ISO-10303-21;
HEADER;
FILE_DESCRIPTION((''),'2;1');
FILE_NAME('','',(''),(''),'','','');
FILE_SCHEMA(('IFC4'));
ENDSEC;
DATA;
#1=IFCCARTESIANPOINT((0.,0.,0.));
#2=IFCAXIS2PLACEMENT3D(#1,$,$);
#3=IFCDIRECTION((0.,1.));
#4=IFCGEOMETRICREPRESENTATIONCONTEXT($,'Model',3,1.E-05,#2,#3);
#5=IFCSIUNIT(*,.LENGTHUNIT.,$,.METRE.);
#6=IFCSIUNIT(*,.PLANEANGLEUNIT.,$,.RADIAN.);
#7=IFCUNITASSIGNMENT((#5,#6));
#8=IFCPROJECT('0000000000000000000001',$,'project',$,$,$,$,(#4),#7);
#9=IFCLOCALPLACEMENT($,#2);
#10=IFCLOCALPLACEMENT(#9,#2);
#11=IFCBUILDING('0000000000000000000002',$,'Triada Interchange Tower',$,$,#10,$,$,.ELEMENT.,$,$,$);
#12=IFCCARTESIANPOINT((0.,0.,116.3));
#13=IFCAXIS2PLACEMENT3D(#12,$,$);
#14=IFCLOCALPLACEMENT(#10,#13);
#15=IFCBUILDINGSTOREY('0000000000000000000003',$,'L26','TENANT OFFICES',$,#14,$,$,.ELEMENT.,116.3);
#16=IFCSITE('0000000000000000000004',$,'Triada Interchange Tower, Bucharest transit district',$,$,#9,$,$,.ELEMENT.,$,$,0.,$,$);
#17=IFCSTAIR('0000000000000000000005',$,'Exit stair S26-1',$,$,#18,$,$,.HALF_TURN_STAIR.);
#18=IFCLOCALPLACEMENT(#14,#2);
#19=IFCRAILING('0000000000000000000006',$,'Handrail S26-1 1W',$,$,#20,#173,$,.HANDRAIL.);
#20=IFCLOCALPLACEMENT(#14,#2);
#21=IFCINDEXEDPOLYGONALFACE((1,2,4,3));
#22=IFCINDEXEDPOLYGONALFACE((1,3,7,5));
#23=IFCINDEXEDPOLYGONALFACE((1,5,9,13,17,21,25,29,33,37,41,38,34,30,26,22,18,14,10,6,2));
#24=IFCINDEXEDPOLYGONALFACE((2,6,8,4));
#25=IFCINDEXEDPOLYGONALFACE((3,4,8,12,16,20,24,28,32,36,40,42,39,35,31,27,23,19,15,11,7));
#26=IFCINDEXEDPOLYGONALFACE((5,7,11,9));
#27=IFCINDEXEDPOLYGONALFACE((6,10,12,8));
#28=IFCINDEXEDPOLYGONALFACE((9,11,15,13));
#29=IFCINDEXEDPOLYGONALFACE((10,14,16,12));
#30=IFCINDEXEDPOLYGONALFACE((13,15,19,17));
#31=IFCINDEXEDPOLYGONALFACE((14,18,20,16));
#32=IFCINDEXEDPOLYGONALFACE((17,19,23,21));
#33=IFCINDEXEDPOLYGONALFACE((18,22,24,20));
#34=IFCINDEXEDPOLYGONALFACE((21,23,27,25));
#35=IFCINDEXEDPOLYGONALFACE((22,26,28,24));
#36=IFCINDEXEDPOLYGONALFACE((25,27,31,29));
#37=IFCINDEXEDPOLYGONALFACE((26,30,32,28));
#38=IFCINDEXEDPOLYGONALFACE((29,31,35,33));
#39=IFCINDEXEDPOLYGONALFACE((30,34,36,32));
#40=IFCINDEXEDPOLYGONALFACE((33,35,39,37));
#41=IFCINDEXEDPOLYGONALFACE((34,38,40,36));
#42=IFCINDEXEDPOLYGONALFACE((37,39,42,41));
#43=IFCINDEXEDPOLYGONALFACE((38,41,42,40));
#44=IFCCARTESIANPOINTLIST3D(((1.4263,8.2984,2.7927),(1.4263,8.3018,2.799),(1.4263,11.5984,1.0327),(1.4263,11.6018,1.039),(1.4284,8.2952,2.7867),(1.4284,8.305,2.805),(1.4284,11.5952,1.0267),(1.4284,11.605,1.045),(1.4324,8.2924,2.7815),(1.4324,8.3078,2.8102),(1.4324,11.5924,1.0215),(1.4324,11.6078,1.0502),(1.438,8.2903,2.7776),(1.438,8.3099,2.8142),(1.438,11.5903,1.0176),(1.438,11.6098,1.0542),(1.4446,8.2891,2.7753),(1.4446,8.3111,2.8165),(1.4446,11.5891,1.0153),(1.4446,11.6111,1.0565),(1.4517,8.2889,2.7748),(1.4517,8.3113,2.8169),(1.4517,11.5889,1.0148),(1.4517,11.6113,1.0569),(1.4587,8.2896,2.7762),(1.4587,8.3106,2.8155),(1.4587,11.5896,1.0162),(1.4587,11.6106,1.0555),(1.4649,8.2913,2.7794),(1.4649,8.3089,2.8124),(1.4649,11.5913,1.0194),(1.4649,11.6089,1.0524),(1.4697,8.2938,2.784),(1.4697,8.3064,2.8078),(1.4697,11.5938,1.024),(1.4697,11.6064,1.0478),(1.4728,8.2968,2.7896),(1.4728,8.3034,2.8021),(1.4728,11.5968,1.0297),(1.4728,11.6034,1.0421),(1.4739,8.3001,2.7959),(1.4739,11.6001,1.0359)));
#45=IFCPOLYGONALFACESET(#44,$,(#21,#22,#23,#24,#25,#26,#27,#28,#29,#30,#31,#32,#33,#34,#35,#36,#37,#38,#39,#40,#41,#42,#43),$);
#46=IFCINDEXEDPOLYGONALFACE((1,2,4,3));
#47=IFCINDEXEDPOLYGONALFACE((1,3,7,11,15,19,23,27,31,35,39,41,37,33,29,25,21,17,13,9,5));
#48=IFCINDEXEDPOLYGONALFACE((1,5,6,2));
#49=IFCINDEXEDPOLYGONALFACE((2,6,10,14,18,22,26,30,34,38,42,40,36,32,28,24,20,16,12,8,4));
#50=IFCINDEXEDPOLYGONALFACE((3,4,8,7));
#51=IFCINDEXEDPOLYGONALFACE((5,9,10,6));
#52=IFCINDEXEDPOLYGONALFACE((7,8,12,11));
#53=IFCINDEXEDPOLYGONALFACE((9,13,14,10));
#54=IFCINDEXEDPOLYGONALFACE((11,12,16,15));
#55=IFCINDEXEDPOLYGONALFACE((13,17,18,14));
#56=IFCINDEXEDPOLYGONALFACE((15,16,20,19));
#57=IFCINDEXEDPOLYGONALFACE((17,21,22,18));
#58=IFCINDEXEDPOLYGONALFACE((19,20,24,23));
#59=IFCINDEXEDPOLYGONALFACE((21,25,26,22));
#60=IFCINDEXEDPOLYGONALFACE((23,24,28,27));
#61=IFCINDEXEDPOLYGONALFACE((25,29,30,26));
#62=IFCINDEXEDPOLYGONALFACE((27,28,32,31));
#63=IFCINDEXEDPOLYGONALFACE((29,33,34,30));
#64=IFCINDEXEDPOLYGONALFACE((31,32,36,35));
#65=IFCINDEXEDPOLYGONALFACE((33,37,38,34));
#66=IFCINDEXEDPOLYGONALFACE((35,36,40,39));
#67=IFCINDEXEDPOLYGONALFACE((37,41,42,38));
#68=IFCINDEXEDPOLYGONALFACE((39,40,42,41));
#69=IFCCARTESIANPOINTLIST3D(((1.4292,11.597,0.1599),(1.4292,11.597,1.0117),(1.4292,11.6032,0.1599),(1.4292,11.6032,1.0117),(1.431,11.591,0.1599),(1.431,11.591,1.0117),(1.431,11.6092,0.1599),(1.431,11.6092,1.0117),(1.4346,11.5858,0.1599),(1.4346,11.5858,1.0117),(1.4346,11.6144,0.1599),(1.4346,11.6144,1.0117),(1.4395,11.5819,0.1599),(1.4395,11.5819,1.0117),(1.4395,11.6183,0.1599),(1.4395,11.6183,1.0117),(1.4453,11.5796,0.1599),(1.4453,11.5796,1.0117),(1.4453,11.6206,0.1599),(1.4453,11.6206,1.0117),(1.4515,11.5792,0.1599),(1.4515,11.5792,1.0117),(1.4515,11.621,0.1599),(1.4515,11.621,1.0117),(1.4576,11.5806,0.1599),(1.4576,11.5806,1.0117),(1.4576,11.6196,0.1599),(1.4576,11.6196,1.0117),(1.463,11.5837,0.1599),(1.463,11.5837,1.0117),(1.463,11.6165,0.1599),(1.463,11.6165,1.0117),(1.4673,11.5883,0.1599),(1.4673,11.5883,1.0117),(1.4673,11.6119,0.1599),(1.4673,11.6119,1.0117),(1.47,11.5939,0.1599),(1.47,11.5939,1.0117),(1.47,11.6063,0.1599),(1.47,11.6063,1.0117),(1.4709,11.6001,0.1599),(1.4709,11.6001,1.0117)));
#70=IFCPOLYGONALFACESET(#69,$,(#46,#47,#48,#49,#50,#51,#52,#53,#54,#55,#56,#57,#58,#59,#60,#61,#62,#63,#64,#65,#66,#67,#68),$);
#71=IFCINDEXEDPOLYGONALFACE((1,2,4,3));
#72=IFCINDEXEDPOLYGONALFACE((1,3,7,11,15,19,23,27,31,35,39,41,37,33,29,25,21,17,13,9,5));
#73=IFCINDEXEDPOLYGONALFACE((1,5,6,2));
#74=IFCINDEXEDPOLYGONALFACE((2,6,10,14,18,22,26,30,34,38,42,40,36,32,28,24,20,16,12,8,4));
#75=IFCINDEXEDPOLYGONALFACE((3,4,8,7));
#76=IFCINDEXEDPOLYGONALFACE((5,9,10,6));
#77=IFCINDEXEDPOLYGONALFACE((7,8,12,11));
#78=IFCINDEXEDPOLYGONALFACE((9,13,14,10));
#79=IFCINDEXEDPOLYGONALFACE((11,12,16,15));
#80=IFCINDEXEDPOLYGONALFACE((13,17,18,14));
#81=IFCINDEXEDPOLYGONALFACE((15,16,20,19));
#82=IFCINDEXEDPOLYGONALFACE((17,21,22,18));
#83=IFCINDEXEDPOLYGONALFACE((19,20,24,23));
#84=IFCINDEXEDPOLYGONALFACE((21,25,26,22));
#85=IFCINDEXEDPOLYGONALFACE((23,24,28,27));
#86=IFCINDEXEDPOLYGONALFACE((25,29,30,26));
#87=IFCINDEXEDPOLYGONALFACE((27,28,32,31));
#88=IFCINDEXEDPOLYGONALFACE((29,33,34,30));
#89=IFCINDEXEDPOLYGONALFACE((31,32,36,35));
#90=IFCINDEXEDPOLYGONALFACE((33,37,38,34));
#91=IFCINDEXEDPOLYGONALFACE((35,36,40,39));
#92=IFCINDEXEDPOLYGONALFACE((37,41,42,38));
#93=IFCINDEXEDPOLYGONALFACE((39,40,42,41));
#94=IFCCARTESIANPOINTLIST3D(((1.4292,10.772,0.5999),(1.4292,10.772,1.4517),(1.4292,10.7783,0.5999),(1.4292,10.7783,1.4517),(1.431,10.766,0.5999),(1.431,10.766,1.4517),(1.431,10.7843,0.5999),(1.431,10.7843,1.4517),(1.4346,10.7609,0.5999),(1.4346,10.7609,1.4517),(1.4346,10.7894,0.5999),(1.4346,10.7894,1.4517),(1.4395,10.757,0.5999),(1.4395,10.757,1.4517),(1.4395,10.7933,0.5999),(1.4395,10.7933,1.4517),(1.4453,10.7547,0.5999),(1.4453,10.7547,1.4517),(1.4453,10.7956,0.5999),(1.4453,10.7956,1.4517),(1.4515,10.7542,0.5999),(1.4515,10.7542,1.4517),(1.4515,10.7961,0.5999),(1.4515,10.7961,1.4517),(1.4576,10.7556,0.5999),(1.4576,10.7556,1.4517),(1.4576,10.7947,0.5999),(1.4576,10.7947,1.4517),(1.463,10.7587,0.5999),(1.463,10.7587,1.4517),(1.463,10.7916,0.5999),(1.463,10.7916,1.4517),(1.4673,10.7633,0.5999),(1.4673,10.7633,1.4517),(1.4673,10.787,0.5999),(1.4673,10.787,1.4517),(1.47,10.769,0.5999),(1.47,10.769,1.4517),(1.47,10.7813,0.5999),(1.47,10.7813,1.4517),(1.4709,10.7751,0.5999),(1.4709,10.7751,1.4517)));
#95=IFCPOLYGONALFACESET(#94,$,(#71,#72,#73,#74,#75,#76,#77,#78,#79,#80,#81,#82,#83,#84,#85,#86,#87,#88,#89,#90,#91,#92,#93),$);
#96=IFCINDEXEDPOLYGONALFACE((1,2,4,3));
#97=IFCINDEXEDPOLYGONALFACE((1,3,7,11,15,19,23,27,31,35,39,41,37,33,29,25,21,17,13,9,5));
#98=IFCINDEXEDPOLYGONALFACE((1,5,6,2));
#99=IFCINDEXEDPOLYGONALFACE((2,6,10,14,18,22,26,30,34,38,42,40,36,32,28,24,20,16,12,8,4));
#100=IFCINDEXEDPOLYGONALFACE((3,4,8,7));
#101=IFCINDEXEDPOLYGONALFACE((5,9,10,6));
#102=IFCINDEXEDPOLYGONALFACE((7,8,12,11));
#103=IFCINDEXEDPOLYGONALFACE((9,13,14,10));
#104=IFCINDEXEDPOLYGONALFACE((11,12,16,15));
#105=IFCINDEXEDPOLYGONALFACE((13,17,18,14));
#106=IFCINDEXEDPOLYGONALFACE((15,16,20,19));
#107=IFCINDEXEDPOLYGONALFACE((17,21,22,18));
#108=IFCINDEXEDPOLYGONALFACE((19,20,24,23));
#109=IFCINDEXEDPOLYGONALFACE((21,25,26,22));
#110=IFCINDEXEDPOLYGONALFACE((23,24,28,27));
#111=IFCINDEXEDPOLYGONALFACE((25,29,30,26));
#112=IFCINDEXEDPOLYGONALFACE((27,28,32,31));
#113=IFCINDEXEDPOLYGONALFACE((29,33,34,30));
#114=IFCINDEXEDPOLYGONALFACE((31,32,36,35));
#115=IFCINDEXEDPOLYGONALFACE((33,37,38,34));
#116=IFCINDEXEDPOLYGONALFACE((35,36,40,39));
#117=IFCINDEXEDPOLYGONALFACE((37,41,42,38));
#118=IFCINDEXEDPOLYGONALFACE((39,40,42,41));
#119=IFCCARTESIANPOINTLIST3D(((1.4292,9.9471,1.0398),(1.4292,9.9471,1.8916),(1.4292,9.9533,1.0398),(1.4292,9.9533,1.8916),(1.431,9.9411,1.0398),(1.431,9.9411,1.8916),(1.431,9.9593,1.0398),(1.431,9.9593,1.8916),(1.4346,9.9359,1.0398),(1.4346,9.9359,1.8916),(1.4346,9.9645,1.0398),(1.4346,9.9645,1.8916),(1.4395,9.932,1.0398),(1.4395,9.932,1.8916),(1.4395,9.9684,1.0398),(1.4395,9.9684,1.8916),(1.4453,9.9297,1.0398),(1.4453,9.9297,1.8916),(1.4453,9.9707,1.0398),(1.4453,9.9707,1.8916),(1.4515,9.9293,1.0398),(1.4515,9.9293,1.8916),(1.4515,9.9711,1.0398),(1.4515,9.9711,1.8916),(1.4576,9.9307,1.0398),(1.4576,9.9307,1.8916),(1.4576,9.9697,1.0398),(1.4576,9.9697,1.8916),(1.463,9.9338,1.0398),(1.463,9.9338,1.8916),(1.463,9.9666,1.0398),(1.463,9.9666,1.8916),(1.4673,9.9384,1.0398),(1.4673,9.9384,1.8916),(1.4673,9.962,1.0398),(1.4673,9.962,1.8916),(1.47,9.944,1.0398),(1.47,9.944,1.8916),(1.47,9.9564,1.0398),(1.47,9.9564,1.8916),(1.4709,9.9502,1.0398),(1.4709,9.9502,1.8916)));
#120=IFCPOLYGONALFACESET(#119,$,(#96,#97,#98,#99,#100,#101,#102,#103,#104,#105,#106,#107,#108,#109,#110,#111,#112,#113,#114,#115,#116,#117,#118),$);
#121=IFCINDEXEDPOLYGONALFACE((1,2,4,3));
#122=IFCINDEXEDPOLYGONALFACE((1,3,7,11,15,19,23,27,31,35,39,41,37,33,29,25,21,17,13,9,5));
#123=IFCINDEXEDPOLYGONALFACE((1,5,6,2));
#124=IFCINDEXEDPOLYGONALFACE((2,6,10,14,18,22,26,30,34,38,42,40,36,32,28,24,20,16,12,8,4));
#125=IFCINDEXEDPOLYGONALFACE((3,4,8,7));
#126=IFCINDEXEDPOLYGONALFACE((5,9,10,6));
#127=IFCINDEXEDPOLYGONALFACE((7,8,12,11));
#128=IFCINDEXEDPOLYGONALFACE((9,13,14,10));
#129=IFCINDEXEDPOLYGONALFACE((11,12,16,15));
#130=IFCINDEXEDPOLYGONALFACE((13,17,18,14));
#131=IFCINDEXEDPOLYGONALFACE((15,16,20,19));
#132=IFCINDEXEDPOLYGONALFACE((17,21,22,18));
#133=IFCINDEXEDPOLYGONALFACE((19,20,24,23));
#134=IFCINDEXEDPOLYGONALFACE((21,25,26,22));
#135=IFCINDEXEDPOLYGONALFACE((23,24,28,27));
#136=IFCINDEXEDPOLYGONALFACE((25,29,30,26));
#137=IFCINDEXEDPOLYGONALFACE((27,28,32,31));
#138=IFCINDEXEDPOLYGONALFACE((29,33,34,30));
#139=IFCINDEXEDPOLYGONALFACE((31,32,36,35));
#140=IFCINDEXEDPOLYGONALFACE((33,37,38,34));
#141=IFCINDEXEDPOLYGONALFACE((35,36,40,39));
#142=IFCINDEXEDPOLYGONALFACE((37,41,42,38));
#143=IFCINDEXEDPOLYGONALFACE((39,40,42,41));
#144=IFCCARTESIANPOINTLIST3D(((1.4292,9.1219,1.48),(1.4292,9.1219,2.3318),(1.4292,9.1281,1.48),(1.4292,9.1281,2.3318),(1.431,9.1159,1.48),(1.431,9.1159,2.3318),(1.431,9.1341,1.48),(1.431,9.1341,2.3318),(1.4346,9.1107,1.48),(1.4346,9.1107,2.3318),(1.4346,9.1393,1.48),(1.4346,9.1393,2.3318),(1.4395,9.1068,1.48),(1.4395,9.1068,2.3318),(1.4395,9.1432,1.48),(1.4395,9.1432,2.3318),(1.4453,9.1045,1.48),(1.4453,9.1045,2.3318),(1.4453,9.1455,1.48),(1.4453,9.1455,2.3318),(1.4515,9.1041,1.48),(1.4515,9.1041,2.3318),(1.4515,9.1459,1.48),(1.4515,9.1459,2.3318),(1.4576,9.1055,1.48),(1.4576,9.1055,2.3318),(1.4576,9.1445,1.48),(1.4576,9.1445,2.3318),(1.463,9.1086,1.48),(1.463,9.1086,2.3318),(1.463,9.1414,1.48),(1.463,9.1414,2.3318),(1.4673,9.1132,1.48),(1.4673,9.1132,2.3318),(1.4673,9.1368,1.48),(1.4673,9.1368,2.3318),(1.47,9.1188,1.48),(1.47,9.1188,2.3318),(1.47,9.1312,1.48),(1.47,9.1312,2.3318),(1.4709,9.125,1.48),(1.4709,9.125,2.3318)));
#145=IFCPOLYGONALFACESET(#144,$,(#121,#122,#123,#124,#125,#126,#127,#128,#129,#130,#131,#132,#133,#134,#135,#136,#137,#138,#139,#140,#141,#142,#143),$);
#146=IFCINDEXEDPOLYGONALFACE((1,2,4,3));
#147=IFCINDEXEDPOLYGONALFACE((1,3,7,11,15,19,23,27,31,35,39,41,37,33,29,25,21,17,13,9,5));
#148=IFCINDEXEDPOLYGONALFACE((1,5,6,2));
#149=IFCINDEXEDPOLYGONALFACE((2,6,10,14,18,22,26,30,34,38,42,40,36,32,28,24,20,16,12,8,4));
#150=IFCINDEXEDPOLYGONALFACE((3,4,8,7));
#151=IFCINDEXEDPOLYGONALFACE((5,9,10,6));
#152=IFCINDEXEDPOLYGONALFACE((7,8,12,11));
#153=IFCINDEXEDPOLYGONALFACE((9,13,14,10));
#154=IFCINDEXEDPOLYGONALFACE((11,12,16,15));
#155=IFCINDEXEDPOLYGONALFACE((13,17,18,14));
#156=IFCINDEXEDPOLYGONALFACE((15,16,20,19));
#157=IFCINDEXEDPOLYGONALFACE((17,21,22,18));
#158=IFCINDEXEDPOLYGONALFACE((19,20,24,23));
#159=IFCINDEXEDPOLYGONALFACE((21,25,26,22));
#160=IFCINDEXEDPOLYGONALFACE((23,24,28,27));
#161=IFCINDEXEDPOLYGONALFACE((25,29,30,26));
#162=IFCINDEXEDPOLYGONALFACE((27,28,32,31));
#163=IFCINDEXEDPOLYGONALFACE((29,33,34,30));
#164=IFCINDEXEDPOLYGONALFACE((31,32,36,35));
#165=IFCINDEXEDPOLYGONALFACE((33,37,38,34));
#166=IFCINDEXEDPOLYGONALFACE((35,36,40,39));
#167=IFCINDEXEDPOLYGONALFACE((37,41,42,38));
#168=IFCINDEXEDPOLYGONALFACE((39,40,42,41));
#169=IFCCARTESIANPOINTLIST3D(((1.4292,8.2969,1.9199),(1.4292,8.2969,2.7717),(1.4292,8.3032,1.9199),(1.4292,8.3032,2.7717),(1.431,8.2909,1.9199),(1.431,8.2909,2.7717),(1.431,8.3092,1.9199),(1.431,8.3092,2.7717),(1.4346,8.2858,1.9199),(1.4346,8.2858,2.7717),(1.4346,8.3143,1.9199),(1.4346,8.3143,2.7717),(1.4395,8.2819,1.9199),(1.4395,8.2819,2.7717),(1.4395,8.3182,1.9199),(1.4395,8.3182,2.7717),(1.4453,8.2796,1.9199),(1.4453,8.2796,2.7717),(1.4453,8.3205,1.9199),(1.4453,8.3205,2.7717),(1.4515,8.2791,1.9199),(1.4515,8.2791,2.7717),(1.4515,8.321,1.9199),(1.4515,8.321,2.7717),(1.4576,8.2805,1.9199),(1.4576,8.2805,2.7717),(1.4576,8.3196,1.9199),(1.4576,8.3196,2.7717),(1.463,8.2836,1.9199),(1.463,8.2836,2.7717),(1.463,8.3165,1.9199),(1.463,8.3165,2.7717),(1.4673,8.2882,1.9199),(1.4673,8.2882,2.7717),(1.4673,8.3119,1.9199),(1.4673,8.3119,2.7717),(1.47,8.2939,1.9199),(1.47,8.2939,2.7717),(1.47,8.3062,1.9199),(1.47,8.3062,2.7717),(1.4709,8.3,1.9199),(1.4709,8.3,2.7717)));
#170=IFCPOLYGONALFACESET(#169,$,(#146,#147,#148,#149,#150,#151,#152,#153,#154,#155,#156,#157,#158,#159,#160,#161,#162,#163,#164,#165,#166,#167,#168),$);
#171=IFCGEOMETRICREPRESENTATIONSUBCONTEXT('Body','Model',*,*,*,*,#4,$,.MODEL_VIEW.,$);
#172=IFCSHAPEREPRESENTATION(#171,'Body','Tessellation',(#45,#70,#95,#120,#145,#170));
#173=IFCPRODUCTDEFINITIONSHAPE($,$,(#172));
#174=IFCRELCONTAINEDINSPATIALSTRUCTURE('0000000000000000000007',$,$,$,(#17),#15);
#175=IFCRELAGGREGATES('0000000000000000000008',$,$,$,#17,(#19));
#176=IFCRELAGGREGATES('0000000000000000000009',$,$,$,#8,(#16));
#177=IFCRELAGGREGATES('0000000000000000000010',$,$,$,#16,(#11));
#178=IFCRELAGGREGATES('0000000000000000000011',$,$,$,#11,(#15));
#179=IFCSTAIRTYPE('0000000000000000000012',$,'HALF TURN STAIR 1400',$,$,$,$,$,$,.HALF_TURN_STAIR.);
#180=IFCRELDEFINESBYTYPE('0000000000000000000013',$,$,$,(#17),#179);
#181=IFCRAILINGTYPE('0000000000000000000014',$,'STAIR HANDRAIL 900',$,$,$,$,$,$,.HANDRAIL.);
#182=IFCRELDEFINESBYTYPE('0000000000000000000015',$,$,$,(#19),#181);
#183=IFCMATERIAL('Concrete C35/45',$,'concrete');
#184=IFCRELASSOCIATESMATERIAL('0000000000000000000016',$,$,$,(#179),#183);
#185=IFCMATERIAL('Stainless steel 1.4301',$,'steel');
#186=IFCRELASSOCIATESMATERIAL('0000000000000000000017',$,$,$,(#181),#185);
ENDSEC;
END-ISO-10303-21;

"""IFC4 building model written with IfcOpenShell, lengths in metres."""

from ifc_helpers import new_model, si_unit, direction, frame, origin, origin_2d, place, context, subcontext, project, spatial, circle, extrude, material, type_object, element, aggregate, save


model = new_model("IFC4")

# Units and contexts
model_context = context("Model", 3, precision=1e-05, world=origin(), true_north=direction((0.0, 1.0)))
body_context = subcontext(model_context, "Body", "Model", "MODEL_VIEW")
ifc_project = project(units=[si_unit("LENGTHUNIT", "METRE"), si_unit("PLANEANGLEUNIT", "RADIAN")], contexts=[model_context])

# Site, building, storey
site_placement = place(None, origin())
site = spatial("IfcSite", under=ifc_project, at=site_placement, Name="Triada Interchange Tower, Bucharest transit district", CompositionType="ELEMENT", RefElevation=0.0)
building_placement = place(site_placement, origin())
building = spatial("IfcBuilding", under=site, at=building_placement, Name="Triada Interchange Tower", CompositionType="ELEMENT")
storey_placement = place(building_placement, frame((0.0, 0.0, 116.3)))
storey = spatial("IfcBuildingStorey", under=building, at=storey_placement, Name="L26", Description="TENANT OFFICES", CompositionType="ELEMENT", Elevation=116.3)

# Stair
ifc_material_1 = material(Name="Concrete C35/45", Category="concrete")
stair_type = type_object("IfcStairType", Name="HALF TURN STAIR 1400", PredefinedType="HALF_TURN_STAIR", material=ifc_material_1)
stair_placement = place(storey_placement, origin())
stair = element("IfcStair", 1, at=stair_placement, inside=storey, type_object=stair_type, Name="Exit stair S26-1", PredefinedType="HALF_TURN_STAIR")

# Railing
ifc_material_2 = material(Name="Stainless steel 1.4301", Category="steel")
railing_type = type_object("IfcRailingType", Name="STAIR HANDRAIL 900", PredefinedType="HANDRAIL", material=ifc_material_2)
railing_1_placement = place(storey_placement, frame((1.45, 11.6001, 0.1599)))
railing_1 = element("IfcRailing", 2, at=railing_1_placement, type_object=railing_type, Name="Handrail S26-1 1W", PredefinedType="HANDRAIL", context=body_context, shape_type="SweptSolid", body=[
    extrude(circle(Radius=0.0239, at=origin_2d()), frame((0.0, 0.0, 0.876), z_axis=(0.0, -0.882355, 0.470585), x_axis=(1.0, 0.0, 0.0)), (0.0, 0.0, 1.0), 3.74),
    extrude(circle(Radius=0.021, at=origin_2d()), origin(), (0.0, 0.0, 1.0), 0.8518),
    extrude(circle(Radius=0.021, at=origin_2d()), frame((0.0, -0.825, 0.4399)), (0.0, 0.0, 1.0), 0.8518),
    extrude(circle(Radius=0.021, at=origin_2d()), frame((0.0, -1.6499, 0.8799)), (0.0, 0.0, 1.0), 0.8518),
    extrude(circle(Radius=0.021, at=origin_2d()), frame((0.0, -2.4751, 1.3201)), (0.0, 0.0, 1.0), 0.8518),
    extrude(circle(Radius=0.021, at=origin_2d()), frame((0.0, -3.3, 1.76)), (0.0, 0.0, 1.0), 0.8518),
])
aggregate(stair, [railing_1])

save(model, "model.ifc")
